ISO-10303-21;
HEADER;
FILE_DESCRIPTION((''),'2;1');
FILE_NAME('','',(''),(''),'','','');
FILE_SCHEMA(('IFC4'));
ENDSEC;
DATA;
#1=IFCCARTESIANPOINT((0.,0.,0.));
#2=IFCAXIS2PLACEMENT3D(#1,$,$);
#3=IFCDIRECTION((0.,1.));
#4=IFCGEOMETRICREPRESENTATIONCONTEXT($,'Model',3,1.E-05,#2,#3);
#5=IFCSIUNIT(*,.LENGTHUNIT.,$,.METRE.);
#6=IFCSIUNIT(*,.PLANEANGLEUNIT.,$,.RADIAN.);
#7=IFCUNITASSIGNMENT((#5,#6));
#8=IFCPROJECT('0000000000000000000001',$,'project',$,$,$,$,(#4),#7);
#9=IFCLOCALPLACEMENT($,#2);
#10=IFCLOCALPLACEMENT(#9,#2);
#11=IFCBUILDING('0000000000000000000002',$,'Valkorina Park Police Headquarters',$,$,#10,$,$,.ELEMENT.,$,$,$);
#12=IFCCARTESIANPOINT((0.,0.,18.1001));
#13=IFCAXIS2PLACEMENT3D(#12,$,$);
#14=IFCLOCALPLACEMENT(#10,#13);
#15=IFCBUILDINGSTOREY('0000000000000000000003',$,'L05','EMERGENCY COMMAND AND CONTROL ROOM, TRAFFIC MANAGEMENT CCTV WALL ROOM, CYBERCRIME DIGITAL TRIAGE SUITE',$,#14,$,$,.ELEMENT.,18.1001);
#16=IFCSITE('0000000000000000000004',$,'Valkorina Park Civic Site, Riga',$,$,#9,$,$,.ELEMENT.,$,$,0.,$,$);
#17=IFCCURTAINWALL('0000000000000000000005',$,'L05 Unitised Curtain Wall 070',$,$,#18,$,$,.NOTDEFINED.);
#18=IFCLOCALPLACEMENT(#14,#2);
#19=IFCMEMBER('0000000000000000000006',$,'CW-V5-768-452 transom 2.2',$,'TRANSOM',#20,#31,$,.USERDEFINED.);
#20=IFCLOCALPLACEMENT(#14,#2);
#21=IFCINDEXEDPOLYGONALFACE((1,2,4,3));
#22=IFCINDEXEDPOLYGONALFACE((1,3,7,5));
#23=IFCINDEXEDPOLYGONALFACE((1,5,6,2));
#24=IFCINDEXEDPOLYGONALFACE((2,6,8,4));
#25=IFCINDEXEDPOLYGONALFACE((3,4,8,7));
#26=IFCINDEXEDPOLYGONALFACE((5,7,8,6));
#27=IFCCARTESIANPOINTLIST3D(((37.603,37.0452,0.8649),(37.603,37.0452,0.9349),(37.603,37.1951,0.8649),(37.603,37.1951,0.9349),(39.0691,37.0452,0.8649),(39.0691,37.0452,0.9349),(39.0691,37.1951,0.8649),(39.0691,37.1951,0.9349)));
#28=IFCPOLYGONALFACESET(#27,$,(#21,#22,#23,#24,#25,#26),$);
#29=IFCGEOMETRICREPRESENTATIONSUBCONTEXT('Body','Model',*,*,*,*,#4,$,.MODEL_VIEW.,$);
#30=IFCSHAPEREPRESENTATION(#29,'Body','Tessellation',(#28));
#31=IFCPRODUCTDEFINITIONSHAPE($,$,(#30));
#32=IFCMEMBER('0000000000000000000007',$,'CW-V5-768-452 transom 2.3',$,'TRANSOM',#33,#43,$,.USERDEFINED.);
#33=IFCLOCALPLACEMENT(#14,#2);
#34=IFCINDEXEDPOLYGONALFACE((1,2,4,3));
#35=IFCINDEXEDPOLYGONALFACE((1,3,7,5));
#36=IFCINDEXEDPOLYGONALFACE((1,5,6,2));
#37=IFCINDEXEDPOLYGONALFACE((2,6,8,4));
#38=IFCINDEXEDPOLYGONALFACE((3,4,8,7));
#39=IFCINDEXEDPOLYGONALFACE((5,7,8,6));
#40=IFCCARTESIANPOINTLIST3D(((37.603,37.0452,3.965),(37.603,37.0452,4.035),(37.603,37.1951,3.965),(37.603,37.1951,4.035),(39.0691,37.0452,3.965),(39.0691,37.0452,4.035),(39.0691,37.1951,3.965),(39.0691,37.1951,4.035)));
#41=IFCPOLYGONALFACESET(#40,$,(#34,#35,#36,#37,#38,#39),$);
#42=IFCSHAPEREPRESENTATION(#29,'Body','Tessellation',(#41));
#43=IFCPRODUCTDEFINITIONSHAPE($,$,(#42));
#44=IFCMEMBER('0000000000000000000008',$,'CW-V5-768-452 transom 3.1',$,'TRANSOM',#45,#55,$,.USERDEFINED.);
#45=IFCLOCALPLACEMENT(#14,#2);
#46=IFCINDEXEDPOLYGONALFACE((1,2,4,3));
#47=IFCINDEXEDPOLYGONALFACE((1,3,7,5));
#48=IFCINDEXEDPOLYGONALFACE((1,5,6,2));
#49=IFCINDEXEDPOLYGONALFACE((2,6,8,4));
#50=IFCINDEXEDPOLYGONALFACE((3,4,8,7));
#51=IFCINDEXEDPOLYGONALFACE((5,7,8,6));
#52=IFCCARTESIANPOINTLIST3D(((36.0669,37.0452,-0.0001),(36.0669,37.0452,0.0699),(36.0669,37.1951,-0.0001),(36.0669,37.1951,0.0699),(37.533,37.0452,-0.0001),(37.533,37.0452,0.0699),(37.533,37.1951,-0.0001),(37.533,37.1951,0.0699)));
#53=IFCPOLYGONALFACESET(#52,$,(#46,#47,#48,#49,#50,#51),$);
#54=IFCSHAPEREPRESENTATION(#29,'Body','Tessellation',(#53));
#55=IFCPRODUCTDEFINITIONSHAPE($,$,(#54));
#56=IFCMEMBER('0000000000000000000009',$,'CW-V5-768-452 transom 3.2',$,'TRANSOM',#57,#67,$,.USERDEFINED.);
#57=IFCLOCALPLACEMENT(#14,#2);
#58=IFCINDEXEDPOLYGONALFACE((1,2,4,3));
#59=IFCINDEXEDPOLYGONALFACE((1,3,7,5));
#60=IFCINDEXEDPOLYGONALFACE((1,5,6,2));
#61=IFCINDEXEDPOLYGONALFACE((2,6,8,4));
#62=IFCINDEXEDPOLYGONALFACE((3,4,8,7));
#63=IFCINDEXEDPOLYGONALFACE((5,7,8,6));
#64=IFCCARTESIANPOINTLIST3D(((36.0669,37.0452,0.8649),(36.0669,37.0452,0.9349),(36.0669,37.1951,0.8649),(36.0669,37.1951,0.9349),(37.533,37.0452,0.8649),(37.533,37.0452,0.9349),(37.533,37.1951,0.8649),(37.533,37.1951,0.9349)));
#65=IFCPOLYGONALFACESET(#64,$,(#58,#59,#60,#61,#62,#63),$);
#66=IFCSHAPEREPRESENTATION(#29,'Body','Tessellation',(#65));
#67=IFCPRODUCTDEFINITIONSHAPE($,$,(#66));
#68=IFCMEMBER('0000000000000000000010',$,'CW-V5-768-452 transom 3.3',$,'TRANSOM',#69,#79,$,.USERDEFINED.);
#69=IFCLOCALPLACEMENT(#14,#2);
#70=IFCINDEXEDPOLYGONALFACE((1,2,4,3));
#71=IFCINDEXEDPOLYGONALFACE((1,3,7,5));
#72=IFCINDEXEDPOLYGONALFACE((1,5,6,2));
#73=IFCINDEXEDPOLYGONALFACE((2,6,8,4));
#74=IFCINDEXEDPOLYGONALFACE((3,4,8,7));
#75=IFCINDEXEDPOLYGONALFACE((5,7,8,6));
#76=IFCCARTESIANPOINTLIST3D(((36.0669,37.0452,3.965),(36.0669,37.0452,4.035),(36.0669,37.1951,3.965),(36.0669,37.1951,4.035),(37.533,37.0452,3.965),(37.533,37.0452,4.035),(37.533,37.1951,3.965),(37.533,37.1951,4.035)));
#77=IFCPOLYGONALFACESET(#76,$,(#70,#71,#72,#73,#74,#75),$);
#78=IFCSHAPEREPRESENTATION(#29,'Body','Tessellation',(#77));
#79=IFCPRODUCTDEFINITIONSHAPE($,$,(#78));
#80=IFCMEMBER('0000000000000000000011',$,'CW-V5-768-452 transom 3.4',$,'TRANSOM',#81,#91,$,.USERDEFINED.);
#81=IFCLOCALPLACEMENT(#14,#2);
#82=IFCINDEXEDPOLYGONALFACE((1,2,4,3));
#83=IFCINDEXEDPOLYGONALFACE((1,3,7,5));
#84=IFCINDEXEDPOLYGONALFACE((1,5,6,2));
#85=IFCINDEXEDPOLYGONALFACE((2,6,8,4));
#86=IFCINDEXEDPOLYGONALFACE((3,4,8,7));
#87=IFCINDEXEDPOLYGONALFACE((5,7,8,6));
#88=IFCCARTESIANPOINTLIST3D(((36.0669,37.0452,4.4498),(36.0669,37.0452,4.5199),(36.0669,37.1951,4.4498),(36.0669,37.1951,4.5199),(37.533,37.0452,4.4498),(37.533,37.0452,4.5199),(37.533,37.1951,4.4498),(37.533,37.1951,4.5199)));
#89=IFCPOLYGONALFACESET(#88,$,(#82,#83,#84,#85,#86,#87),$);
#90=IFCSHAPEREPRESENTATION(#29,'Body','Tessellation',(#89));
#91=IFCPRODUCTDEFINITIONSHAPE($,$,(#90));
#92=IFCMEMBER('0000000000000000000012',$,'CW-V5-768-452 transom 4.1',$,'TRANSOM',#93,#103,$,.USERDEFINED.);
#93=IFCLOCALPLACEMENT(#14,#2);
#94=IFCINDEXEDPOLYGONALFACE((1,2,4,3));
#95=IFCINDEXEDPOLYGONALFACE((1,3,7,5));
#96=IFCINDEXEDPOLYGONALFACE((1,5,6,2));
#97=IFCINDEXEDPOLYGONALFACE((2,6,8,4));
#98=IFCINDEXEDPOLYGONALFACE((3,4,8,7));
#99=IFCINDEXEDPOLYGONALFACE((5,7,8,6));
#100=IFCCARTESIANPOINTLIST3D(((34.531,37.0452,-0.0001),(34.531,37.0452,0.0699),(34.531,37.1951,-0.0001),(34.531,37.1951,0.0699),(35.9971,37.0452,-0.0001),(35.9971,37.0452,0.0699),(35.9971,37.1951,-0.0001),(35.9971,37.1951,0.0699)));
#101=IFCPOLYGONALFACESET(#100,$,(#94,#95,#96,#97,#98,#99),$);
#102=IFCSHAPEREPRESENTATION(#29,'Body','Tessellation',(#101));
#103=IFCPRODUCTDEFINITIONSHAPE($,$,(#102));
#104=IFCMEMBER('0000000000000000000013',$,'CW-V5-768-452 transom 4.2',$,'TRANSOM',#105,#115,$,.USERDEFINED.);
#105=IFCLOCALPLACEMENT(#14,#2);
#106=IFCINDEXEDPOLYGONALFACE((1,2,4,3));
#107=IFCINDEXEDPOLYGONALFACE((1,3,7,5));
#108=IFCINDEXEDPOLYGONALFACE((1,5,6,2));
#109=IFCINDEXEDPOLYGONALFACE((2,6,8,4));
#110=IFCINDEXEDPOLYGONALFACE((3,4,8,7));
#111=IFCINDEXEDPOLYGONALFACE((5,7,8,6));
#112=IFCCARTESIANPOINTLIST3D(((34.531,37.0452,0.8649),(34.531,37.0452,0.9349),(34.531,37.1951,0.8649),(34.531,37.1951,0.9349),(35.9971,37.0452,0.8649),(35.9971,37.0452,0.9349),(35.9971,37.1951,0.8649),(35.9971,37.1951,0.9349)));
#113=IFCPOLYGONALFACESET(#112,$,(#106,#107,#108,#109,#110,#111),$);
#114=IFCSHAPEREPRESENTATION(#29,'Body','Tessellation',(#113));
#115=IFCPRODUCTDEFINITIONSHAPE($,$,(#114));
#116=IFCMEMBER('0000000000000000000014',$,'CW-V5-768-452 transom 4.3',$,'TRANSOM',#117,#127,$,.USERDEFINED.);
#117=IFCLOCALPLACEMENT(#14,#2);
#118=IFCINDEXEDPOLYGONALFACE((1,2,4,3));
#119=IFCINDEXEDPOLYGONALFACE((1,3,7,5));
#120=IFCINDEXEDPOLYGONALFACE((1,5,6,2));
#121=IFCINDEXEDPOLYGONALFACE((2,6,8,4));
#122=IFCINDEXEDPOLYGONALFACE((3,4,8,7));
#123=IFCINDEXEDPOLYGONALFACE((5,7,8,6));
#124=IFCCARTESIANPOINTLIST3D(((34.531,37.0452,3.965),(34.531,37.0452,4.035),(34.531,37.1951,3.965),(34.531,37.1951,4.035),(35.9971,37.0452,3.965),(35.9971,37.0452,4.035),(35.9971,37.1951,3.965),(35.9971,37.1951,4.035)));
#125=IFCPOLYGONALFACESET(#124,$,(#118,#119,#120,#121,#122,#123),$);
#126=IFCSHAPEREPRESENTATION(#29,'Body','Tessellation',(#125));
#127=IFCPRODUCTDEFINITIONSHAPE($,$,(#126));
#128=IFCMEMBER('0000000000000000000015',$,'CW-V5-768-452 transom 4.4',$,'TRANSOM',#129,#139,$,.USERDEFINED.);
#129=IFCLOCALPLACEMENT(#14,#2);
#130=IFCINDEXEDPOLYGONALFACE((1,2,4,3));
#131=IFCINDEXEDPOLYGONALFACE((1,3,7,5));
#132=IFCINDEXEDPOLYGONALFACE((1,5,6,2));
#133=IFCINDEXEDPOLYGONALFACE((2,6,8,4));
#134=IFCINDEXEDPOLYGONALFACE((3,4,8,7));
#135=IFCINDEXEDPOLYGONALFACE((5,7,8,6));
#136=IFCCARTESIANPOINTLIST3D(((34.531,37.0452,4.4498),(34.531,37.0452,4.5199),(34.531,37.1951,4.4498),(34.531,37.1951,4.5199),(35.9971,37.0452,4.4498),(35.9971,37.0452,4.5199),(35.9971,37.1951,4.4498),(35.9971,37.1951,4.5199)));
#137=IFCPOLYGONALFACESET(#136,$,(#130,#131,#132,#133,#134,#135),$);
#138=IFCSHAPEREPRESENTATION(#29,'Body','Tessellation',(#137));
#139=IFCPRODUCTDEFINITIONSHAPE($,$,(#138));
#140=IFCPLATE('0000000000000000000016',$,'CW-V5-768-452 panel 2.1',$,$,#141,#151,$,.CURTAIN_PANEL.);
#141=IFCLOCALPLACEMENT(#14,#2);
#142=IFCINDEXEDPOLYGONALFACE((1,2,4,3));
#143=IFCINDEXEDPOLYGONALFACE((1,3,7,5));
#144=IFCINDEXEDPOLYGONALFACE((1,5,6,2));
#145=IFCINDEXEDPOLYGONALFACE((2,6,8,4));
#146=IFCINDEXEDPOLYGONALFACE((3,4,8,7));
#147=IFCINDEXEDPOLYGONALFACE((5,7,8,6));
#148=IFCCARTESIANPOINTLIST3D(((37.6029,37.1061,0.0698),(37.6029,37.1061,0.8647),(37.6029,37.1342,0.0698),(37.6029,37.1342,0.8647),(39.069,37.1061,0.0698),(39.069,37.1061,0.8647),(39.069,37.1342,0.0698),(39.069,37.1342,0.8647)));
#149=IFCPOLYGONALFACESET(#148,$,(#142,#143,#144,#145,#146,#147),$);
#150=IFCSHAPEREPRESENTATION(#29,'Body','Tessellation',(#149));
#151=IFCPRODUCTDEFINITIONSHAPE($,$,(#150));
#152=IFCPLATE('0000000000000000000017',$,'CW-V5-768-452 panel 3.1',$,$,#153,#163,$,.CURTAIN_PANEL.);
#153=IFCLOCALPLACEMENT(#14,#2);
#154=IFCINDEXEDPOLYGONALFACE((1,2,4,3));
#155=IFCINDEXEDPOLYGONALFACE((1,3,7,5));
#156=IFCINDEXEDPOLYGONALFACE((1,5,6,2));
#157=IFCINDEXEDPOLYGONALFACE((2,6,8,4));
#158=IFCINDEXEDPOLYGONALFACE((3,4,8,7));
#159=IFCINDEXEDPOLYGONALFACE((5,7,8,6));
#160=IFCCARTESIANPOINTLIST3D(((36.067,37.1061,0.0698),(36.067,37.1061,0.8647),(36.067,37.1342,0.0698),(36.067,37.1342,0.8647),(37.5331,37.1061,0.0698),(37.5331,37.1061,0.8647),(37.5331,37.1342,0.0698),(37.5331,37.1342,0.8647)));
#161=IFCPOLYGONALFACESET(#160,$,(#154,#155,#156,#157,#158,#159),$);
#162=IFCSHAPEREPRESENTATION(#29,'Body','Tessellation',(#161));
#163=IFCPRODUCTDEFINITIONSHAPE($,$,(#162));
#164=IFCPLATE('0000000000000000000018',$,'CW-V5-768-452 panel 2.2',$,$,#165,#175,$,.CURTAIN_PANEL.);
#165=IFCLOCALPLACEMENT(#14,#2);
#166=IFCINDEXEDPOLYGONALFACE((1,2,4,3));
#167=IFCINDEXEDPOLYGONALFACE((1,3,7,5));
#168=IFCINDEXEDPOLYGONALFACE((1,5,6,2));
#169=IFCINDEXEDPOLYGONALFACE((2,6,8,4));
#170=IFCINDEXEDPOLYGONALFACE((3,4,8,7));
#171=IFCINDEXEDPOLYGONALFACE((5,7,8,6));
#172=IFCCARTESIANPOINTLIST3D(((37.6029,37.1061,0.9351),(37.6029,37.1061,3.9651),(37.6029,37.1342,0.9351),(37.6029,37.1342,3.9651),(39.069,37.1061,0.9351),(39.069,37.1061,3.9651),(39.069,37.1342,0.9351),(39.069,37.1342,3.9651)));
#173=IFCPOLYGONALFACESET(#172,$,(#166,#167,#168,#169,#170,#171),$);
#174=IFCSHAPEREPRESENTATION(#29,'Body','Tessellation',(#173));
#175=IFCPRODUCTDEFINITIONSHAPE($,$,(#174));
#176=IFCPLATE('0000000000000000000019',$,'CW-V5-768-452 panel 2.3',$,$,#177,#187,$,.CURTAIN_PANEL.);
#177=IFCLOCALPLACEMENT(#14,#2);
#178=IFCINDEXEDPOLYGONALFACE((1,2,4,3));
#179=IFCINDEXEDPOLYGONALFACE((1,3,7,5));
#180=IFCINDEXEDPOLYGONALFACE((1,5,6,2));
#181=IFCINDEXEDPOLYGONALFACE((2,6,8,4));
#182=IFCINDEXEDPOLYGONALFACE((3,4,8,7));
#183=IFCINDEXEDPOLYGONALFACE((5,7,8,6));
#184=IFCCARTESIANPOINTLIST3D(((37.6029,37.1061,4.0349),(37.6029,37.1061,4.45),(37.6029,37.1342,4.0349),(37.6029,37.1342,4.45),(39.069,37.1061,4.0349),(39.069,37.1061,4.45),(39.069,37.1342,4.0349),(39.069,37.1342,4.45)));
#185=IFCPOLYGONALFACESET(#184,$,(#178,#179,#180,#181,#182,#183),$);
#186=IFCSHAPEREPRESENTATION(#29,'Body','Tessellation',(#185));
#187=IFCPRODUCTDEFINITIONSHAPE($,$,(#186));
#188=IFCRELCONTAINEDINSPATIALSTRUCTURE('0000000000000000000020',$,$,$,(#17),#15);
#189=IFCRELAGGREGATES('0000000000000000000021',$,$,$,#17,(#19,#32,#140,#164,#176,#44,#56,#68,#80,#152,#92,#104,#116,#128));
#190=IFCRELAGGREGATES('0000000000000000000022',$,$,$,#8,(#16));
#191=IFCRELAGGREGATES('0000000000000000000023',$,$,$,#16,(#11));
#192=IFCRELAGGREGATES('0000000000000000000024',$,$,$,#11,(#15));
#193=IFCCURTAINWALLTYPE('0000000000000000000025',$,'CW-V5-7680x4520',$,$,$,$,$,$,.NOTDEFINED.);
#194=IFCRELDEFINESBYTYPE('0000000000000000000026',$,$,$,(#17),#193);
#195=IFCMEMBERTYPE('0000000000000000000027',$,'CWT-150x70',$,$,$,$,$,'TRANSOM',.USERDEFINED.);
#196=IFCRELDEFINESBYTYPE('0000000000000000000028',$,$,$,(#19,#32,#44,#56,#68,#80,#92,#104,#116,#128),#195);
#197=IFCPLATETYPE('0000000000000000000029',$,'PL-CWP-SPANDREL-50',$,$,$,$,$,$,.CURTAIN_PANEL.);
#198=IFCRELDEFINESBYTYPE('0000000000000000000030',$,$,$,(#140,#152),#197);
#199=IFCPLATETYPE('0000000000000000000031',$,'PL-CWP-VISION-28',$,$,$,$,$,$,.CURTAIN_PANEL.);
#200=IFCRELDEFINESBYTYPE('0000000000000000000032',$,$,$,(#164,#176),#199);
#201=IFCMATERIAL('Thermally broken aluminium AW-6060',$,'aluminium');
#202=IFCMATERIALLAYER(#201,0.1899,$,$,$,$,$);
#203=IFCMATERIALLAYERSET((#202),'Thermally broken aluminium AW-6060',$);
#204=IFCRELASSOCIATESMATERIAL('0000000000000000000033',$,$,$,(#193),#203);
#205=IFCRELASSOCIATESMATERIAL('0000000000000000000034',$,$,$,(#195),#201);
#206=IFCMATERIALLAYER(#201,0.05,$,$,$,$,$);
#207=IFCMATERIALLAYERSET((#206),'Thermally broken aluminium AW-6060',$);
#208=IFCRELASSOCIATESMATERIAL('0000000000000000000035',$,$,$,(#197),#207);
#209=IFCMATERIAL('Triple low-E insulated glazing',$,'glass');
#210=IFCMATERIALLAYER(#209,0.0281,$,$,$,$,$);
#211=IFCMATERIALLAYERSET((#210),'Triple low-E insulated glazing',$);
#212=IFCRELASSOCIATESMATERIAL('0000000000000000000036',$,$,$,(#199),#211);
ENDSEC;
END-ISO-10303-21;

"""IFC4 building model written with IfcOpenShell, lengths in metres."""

from ifc_helpers import new_model, si_unit, direction, frame, origin, origin_2d, place, context, subcontext, project, spatial, rectangle, extrude, material, layer, layer_set, material_profile, profile_set, type_object, element, aggregate, save


model = new_model("IFC4")

# Units and contexts
model_context = context("Model", 3, precision=1e-05, world=origin(), true_north=direction((0.0, 1.0)))
body_context = subcontext(model_context, "Body", "Model", "MODEL_VIEW")
ifc_project = project(units=[si_unit("LENGTHUNIT", "METRE"), si_unit("PLANEANGLEUNIT", "RADIAN")], contexts=[model_context])

# Site, building, storey
site_placement = place(None, origin())
site = spatial("IfcSite", under=ifc_project, at=site_placement, Name="Valkorina Park Civic Site, Riga", CompositionType="ELEMENT", RefElevation=0.0)
building_placement = place(site_placement, origin())
building = spatial("IfcBuilding", under=site, at=building_placement, Name="Valkorina Park Police Headquarters", CompositionType="ELEMENT")
storey_placement = place(building_placement, frame((0.0, 0.0, 18.1001)))
storey = spatial("IfcBuildingStorey", under=building, at=storey_placement, Name="L05", Description="EMERGENCY COMMAND AND CONTROL ROOM, TRAFFIC MANAGEMENT CCTV WALL ROOM, CYBERCRIME DIGITAL TRIAGE SUITE", CompositionType="ELEMENT", Elevation=18.1001)

# Curtain wall, members, plates
ifc_material_1 = material(Name="Thermally broken aluminium AW-6060", Category="aluminium")
ifc_layer_1 = layer(ifc_material_1, 0.1899)
ifc_layer_set_1 = layer_set([ifc_layer_1], Name="Thermally broken aluminium AW-6060")
curtain_wall_type = type_object("IfcCurtainWallType", Name="CW-V5-7680x4520", PredefinedType="NOTDEFINED", material=ifc_layer_set_1)
curtain_wall_placement = place(storey_placement, origin())
curtain_wall = element("IfcCurtainWall", 1, at=curtain_wall_placement, inside=storey, type_object=curtain_wall_type, Name="L05 Unitised Curtain Wall 070", PredefinedType="NOTDEFINED")
ifc_material_profile_1 = material_profile(ifc_material_1, rectangle(XDim=0.1499, YDim=0.0701, at=origin_2d()), Name="CWT-02 150x70")
ifc_profile_set_1 = profile_set([ifc_material_profile_1], Name="Thermally broken aluminium AW-6060")
member_type_1 = type_object("IfcMemberType", Name="CWT-150x70", ElementType="TRANSOM", PredefinedType="USERDEFINED", material=ifc_profile_set_1)
member_1_placement = place(storey_placement, frame((39.0691, 37.1201, 0.8999), z_axis=(-1.0, 0.0, 0.0), x_axis=(0.0, -1.0, 0.0)))
member_1 = element("IfcMember", 2, at=member_1_placement, type_object=member_type_1, Name="CW-V5-768-452 transom 2.2", ObjectType="TRANSOM", PredefinedType="USERDEFINED", context=body_context, shape_type="SweptSolid", body=[
    extrude(rectangle(XDim=0.1499, YDim=0.0701, at=origin_2d()), origin(), (0.0, 0.0, 1.0), 1.4661),
])
member_2_placement = place(storey_placement, frame((39.0691, 37.1201, 4.0), z_axis=(-1.0, 0.0, 0.0), x_axis=(0.0, -1.0, 0.0)))
member_2 = element("IfcMember", 3, at=member_2_placement, type_object=member_type_1, Name="CW-V5-768-452 transom 2.3", ObjectType="TRANSOM", PredefinedType="USERDEFINED", context=body_context, shape_type="SweptSolid", body=[
    extrude(rectangle(XDim=0.1499, YDim=0.0701, at=origin_2d()), origin(), (0.0, 0.0, 1.0), 1.4661),
])
member_3_placement = place(storey_placement, frame((37.533, 37.1201, 0.0349), z_axis=(-1.0, 0.0, 0.0), x_axis=(0.0, -1.0, 0.0)))
member_3 = element("IfcMember", 4, at=member_3_placement, type_object=member_type_1, Name="CW-V5-768-452 transom 3.1", ObjectType="TRANSOM", PredefinedType="USERDEFINED", context=body_context, shape_type="SweptSolid", body=[
    extrude(rectangle(XDim=0.1499, YDim=0.0701, at=origin_2d()), origin(), (0.0, 0.0, 1.0), 1.4661),
])
member_4_placement = place(storey_placement, frame((37.533, 37.1201, 0.8999), z_axis=(-1.0, 0.0, 0.0), x_axis=(0.0, -1.0, 0.0)))
member_4 = element("IfcMember", 5, at=member_4_placement, type_object=member_type_1, Name="CW-V5-768-452 transom 3.2", ObjectType="TRANSOM", PredefinedType="USERDEFINED", context=body_context, shape_type="SweptSolid", body=[
    extrude(rectangle(XDim=0.1499, YDim=0.0701, at=origin_2d()), origin(), (0.0, 0.0, 1.0), 1.4661),
])
member_5_placement = place(storey_placement, frame((37.533, 37.1201, 4.0), z_axis=(-1.0, 0.0, 0.0), x_axis=(0.0, -1.0, 0.0)))
member_5 = element("IfcMember", 6, at=member_5_placement, type_object=member_type_1, Name="CW-V5-768-452 transom 3.3", ObjectType="TRANSOM", PredefinedType="USERDEFINED", context=body_context, shape_type="SweptSolid", body=[
    extrude(rectangle(XDim=0.1499, YDim=0.0701, at=origin_2d()), origin(), (0.0, 0.0, 1.0), 1.4661),
])
member_6_placement = place(storey_placement, frame((37.533, 37.1201, 4.4849), z_axis=(-1.0, 0.0, 0.0), x_axis=(0.0, -1.0, 0.0)))
member_6 = element("IfcMember", 7, at=member_6_placement, type_object=member_type_1, Name="CW-V5-768-452 transom 3.4", ObjectType="TRANSOM", PredefinedType="USERDEFINED", context=body_context, shape_type="SweptSolid", body=[
    extrude(rectangle(XDim=0.1499, YDim=0.0701, at=origin_2d()), origin(), (0.0, 0.0, 1.0), 1.4661),
])
member_7_placement = place(storey_placement, frame((35.9971, 37.1201, 0.0349), z_axis=(-1.0, 0.0, 0.0), x_axis=(0.0, -1.0, 0.0)))
member_7 = element("IfcMember", 8, at=member_7_placement, type_object=member_type_1, Name="CW-V5-768-452 transom 4.1", ObjectType="TRANSOM", PredefinedType="USERDEFINED", context=body_context, shape_type="SweptSolid", body=[
    extrude(rectangle(XDim=0.1499, YDim=0.0701, at=origin_2d()), origin(), (0.0, 0.0, 1.0), 1.4661),
])
member_8_placement = place(storey_placement, frame((35.9971, 37.1201, 0.8999), z_axis=(-1.0, 0.0, 0.0), x_axis=(0.0, -1.0, 0.0)))
member_8 = element("IfcMember", 9, at=member_8_placement, type_object=member_type_1, Name="CW-V5-768-452 transom 4.2", ObjectType="TRANSOM", PredefinedType="USERDEFINED", context=body_context, shape_type="SweptSolid", body=[
    extrude(rectangle(XDim=0.1499, YDim=0.0701, at=origin_2d()), origin(), (0.0, 0.0, 1.0), 1.4661),
])
member_9_placement = place(storey_placement, frame((35.9971, 37.1201, 4.0), z_axis=(-1.0, 0.0, 0.0), x_axis=(0.0, -1.0, 0.0)))
member_9 = element("IfcMember", 10, at=member_9_placement, type_object=member_type_1, Name="CW-V5-768-452 transom 4.3", ObjectType="TRANSOM", PredefinedType="USERDEFINED", context=body_context, shape_type="SweptSolid", body=[
    extrude(rectangle(XDim=0.1499, YDim=0.0701, at=origin_2d()), origin(), (0.0, 0.0, 1.0), 1.4661),
])
member_10_placement = place(storey_placement, frame((35.9971, 37.1201, 4.4849), z_axis=(-1.0, 0.0, 0.0), x_axis=(0.0, -1.0, 0.0)))
member_10 = element("IfcMember", 11, at=member_10_placement, type_object=member_type_1, Name="CW-V5-768-452 transom 4.4", ObjectType="TRANSOM", PredefinedType="USERDEFINED", context=body_context, shape_type="SweptSolid", body=[
    extrude(rectangle(XDim=0.1499, YDim=0.0701, at=origin_2d()), origin(), (0.0, 0.0, 1.0), 1.4661),
])
ifc_layer_2 = layer(ifc_material_1, 0.05)
ifc_layer_set_2 = layer_set([ifc_layer_2], Name="Thermally broken aluminium AW-6060")
plate_type_1 = type_object("IfcPlateType", Name="PL-CWP-SPANDREL-50", PredefinedType="CURTAIN_PANEL", material=ifc_layer_set_2)
plate_1_placement = place(storey_placement, frame((38.3359, 37.1201, 0.0698), z_axis=(0.0, 0.0, 1.0), x_axis=(-1.0, 0.0, 0.0)))
plate_1 = element("IfcPlate", 12, at=plate_1_placement, type_object=plate_type_1, Name="CW-V5-768-452 panel 2.1", PredefinedType="CURTAIN_PANEL", context=body_context, shape_type="SweptSolid", body=[
    extrude(rectangle(XDim=1.4661, YDim=0.0281, at=origin_2d()), origin(), (0.0, 0.0, 1.0), 0.7949),
])
plate_2_placement = place(storey_placement, frame((36.8, 37.1201, 0.0698), z_axis=(0.0, 0.0, 1.0), x_axis=(-1.0, 0.0, 0.0)))
plate_2 = element("IfcPlate", 13, at=plate_2_placement, type_object=plate_type_1, Name="CW-V5-768-452 panel 3.1", PredefinedType="CURTAIN_PANEL", context=body_context, shape_type="SweptSolid", body=[
    extrude(rectangle(XDim=1.4661, YDim=0.0281, at=origin_2d()), origin(), (0.0, 0.0, 1.0), 0.7949),
])
ifc_material_2 = material(Name="Triple low-E insulated glazing", Category="glass")
ifc_layer_3 = layer(ifc_material_2, 0.0281)
ifc_layer_set_3 = layer_set([ifc_layer_3], Name="Triple low-E insulated glazing")
plate_type_2 = type_object("IfcPlateType", Name="PL-CWP-VISION-28", PredefinedType="CURTAIN_PANEL", material=ifc_layer_set_3)
plate_3_placement = place(storey_placement, frame((38.3359, 37.1201, 0.9351), z_axis=(0.0, 0.0, 1.0), x_axis=(-1.0, 0.0, 0.0)))
plate_3 = element("IfcPlate", 14, at=plate_3_placement, type_object=plate_type_2, Name="CW-V5-768-452 panel 2.2", PredefinedType="CURTAIN_PANEL", context=body_context, shape_type="SweptSolid", body=[
    extrude(rectangle(XDim=1.4661, YDim=0.0281, at=origin_2d()), origin(), (0.0, 0.0, 1.0), 3.03),
])
plate_4_placement = place(storey_placement, frame((38.3359, 37.1201, 4.0349), z_axis=(0.0, 0.0, 1.0), x_axis=(-1.0, 0.0, 0.0)))
plate_4 = element("IfcPlate", 15, at=plate_4_placement, type_object=plate_type_2, Name="CW-V5-768-452 panel 2.3", PredefinedType="CURTAIN_PANEL", context=body_context, shape_type="SweptSolid", body=[
    extrude(rectangle(XDim=1.4661, YDim=0.0281, at=origin_2d()), origin(), (0.0, 0.0, 1.0), 0.415),
])
aggregate(curtain_wall, [member_1, member_2, plate_1, plate_3, plate_4, member_3, member_4, member_5, member_6, plate_2, member_7, member_8, member_9, member_10])

save(model, "model.ifc")
